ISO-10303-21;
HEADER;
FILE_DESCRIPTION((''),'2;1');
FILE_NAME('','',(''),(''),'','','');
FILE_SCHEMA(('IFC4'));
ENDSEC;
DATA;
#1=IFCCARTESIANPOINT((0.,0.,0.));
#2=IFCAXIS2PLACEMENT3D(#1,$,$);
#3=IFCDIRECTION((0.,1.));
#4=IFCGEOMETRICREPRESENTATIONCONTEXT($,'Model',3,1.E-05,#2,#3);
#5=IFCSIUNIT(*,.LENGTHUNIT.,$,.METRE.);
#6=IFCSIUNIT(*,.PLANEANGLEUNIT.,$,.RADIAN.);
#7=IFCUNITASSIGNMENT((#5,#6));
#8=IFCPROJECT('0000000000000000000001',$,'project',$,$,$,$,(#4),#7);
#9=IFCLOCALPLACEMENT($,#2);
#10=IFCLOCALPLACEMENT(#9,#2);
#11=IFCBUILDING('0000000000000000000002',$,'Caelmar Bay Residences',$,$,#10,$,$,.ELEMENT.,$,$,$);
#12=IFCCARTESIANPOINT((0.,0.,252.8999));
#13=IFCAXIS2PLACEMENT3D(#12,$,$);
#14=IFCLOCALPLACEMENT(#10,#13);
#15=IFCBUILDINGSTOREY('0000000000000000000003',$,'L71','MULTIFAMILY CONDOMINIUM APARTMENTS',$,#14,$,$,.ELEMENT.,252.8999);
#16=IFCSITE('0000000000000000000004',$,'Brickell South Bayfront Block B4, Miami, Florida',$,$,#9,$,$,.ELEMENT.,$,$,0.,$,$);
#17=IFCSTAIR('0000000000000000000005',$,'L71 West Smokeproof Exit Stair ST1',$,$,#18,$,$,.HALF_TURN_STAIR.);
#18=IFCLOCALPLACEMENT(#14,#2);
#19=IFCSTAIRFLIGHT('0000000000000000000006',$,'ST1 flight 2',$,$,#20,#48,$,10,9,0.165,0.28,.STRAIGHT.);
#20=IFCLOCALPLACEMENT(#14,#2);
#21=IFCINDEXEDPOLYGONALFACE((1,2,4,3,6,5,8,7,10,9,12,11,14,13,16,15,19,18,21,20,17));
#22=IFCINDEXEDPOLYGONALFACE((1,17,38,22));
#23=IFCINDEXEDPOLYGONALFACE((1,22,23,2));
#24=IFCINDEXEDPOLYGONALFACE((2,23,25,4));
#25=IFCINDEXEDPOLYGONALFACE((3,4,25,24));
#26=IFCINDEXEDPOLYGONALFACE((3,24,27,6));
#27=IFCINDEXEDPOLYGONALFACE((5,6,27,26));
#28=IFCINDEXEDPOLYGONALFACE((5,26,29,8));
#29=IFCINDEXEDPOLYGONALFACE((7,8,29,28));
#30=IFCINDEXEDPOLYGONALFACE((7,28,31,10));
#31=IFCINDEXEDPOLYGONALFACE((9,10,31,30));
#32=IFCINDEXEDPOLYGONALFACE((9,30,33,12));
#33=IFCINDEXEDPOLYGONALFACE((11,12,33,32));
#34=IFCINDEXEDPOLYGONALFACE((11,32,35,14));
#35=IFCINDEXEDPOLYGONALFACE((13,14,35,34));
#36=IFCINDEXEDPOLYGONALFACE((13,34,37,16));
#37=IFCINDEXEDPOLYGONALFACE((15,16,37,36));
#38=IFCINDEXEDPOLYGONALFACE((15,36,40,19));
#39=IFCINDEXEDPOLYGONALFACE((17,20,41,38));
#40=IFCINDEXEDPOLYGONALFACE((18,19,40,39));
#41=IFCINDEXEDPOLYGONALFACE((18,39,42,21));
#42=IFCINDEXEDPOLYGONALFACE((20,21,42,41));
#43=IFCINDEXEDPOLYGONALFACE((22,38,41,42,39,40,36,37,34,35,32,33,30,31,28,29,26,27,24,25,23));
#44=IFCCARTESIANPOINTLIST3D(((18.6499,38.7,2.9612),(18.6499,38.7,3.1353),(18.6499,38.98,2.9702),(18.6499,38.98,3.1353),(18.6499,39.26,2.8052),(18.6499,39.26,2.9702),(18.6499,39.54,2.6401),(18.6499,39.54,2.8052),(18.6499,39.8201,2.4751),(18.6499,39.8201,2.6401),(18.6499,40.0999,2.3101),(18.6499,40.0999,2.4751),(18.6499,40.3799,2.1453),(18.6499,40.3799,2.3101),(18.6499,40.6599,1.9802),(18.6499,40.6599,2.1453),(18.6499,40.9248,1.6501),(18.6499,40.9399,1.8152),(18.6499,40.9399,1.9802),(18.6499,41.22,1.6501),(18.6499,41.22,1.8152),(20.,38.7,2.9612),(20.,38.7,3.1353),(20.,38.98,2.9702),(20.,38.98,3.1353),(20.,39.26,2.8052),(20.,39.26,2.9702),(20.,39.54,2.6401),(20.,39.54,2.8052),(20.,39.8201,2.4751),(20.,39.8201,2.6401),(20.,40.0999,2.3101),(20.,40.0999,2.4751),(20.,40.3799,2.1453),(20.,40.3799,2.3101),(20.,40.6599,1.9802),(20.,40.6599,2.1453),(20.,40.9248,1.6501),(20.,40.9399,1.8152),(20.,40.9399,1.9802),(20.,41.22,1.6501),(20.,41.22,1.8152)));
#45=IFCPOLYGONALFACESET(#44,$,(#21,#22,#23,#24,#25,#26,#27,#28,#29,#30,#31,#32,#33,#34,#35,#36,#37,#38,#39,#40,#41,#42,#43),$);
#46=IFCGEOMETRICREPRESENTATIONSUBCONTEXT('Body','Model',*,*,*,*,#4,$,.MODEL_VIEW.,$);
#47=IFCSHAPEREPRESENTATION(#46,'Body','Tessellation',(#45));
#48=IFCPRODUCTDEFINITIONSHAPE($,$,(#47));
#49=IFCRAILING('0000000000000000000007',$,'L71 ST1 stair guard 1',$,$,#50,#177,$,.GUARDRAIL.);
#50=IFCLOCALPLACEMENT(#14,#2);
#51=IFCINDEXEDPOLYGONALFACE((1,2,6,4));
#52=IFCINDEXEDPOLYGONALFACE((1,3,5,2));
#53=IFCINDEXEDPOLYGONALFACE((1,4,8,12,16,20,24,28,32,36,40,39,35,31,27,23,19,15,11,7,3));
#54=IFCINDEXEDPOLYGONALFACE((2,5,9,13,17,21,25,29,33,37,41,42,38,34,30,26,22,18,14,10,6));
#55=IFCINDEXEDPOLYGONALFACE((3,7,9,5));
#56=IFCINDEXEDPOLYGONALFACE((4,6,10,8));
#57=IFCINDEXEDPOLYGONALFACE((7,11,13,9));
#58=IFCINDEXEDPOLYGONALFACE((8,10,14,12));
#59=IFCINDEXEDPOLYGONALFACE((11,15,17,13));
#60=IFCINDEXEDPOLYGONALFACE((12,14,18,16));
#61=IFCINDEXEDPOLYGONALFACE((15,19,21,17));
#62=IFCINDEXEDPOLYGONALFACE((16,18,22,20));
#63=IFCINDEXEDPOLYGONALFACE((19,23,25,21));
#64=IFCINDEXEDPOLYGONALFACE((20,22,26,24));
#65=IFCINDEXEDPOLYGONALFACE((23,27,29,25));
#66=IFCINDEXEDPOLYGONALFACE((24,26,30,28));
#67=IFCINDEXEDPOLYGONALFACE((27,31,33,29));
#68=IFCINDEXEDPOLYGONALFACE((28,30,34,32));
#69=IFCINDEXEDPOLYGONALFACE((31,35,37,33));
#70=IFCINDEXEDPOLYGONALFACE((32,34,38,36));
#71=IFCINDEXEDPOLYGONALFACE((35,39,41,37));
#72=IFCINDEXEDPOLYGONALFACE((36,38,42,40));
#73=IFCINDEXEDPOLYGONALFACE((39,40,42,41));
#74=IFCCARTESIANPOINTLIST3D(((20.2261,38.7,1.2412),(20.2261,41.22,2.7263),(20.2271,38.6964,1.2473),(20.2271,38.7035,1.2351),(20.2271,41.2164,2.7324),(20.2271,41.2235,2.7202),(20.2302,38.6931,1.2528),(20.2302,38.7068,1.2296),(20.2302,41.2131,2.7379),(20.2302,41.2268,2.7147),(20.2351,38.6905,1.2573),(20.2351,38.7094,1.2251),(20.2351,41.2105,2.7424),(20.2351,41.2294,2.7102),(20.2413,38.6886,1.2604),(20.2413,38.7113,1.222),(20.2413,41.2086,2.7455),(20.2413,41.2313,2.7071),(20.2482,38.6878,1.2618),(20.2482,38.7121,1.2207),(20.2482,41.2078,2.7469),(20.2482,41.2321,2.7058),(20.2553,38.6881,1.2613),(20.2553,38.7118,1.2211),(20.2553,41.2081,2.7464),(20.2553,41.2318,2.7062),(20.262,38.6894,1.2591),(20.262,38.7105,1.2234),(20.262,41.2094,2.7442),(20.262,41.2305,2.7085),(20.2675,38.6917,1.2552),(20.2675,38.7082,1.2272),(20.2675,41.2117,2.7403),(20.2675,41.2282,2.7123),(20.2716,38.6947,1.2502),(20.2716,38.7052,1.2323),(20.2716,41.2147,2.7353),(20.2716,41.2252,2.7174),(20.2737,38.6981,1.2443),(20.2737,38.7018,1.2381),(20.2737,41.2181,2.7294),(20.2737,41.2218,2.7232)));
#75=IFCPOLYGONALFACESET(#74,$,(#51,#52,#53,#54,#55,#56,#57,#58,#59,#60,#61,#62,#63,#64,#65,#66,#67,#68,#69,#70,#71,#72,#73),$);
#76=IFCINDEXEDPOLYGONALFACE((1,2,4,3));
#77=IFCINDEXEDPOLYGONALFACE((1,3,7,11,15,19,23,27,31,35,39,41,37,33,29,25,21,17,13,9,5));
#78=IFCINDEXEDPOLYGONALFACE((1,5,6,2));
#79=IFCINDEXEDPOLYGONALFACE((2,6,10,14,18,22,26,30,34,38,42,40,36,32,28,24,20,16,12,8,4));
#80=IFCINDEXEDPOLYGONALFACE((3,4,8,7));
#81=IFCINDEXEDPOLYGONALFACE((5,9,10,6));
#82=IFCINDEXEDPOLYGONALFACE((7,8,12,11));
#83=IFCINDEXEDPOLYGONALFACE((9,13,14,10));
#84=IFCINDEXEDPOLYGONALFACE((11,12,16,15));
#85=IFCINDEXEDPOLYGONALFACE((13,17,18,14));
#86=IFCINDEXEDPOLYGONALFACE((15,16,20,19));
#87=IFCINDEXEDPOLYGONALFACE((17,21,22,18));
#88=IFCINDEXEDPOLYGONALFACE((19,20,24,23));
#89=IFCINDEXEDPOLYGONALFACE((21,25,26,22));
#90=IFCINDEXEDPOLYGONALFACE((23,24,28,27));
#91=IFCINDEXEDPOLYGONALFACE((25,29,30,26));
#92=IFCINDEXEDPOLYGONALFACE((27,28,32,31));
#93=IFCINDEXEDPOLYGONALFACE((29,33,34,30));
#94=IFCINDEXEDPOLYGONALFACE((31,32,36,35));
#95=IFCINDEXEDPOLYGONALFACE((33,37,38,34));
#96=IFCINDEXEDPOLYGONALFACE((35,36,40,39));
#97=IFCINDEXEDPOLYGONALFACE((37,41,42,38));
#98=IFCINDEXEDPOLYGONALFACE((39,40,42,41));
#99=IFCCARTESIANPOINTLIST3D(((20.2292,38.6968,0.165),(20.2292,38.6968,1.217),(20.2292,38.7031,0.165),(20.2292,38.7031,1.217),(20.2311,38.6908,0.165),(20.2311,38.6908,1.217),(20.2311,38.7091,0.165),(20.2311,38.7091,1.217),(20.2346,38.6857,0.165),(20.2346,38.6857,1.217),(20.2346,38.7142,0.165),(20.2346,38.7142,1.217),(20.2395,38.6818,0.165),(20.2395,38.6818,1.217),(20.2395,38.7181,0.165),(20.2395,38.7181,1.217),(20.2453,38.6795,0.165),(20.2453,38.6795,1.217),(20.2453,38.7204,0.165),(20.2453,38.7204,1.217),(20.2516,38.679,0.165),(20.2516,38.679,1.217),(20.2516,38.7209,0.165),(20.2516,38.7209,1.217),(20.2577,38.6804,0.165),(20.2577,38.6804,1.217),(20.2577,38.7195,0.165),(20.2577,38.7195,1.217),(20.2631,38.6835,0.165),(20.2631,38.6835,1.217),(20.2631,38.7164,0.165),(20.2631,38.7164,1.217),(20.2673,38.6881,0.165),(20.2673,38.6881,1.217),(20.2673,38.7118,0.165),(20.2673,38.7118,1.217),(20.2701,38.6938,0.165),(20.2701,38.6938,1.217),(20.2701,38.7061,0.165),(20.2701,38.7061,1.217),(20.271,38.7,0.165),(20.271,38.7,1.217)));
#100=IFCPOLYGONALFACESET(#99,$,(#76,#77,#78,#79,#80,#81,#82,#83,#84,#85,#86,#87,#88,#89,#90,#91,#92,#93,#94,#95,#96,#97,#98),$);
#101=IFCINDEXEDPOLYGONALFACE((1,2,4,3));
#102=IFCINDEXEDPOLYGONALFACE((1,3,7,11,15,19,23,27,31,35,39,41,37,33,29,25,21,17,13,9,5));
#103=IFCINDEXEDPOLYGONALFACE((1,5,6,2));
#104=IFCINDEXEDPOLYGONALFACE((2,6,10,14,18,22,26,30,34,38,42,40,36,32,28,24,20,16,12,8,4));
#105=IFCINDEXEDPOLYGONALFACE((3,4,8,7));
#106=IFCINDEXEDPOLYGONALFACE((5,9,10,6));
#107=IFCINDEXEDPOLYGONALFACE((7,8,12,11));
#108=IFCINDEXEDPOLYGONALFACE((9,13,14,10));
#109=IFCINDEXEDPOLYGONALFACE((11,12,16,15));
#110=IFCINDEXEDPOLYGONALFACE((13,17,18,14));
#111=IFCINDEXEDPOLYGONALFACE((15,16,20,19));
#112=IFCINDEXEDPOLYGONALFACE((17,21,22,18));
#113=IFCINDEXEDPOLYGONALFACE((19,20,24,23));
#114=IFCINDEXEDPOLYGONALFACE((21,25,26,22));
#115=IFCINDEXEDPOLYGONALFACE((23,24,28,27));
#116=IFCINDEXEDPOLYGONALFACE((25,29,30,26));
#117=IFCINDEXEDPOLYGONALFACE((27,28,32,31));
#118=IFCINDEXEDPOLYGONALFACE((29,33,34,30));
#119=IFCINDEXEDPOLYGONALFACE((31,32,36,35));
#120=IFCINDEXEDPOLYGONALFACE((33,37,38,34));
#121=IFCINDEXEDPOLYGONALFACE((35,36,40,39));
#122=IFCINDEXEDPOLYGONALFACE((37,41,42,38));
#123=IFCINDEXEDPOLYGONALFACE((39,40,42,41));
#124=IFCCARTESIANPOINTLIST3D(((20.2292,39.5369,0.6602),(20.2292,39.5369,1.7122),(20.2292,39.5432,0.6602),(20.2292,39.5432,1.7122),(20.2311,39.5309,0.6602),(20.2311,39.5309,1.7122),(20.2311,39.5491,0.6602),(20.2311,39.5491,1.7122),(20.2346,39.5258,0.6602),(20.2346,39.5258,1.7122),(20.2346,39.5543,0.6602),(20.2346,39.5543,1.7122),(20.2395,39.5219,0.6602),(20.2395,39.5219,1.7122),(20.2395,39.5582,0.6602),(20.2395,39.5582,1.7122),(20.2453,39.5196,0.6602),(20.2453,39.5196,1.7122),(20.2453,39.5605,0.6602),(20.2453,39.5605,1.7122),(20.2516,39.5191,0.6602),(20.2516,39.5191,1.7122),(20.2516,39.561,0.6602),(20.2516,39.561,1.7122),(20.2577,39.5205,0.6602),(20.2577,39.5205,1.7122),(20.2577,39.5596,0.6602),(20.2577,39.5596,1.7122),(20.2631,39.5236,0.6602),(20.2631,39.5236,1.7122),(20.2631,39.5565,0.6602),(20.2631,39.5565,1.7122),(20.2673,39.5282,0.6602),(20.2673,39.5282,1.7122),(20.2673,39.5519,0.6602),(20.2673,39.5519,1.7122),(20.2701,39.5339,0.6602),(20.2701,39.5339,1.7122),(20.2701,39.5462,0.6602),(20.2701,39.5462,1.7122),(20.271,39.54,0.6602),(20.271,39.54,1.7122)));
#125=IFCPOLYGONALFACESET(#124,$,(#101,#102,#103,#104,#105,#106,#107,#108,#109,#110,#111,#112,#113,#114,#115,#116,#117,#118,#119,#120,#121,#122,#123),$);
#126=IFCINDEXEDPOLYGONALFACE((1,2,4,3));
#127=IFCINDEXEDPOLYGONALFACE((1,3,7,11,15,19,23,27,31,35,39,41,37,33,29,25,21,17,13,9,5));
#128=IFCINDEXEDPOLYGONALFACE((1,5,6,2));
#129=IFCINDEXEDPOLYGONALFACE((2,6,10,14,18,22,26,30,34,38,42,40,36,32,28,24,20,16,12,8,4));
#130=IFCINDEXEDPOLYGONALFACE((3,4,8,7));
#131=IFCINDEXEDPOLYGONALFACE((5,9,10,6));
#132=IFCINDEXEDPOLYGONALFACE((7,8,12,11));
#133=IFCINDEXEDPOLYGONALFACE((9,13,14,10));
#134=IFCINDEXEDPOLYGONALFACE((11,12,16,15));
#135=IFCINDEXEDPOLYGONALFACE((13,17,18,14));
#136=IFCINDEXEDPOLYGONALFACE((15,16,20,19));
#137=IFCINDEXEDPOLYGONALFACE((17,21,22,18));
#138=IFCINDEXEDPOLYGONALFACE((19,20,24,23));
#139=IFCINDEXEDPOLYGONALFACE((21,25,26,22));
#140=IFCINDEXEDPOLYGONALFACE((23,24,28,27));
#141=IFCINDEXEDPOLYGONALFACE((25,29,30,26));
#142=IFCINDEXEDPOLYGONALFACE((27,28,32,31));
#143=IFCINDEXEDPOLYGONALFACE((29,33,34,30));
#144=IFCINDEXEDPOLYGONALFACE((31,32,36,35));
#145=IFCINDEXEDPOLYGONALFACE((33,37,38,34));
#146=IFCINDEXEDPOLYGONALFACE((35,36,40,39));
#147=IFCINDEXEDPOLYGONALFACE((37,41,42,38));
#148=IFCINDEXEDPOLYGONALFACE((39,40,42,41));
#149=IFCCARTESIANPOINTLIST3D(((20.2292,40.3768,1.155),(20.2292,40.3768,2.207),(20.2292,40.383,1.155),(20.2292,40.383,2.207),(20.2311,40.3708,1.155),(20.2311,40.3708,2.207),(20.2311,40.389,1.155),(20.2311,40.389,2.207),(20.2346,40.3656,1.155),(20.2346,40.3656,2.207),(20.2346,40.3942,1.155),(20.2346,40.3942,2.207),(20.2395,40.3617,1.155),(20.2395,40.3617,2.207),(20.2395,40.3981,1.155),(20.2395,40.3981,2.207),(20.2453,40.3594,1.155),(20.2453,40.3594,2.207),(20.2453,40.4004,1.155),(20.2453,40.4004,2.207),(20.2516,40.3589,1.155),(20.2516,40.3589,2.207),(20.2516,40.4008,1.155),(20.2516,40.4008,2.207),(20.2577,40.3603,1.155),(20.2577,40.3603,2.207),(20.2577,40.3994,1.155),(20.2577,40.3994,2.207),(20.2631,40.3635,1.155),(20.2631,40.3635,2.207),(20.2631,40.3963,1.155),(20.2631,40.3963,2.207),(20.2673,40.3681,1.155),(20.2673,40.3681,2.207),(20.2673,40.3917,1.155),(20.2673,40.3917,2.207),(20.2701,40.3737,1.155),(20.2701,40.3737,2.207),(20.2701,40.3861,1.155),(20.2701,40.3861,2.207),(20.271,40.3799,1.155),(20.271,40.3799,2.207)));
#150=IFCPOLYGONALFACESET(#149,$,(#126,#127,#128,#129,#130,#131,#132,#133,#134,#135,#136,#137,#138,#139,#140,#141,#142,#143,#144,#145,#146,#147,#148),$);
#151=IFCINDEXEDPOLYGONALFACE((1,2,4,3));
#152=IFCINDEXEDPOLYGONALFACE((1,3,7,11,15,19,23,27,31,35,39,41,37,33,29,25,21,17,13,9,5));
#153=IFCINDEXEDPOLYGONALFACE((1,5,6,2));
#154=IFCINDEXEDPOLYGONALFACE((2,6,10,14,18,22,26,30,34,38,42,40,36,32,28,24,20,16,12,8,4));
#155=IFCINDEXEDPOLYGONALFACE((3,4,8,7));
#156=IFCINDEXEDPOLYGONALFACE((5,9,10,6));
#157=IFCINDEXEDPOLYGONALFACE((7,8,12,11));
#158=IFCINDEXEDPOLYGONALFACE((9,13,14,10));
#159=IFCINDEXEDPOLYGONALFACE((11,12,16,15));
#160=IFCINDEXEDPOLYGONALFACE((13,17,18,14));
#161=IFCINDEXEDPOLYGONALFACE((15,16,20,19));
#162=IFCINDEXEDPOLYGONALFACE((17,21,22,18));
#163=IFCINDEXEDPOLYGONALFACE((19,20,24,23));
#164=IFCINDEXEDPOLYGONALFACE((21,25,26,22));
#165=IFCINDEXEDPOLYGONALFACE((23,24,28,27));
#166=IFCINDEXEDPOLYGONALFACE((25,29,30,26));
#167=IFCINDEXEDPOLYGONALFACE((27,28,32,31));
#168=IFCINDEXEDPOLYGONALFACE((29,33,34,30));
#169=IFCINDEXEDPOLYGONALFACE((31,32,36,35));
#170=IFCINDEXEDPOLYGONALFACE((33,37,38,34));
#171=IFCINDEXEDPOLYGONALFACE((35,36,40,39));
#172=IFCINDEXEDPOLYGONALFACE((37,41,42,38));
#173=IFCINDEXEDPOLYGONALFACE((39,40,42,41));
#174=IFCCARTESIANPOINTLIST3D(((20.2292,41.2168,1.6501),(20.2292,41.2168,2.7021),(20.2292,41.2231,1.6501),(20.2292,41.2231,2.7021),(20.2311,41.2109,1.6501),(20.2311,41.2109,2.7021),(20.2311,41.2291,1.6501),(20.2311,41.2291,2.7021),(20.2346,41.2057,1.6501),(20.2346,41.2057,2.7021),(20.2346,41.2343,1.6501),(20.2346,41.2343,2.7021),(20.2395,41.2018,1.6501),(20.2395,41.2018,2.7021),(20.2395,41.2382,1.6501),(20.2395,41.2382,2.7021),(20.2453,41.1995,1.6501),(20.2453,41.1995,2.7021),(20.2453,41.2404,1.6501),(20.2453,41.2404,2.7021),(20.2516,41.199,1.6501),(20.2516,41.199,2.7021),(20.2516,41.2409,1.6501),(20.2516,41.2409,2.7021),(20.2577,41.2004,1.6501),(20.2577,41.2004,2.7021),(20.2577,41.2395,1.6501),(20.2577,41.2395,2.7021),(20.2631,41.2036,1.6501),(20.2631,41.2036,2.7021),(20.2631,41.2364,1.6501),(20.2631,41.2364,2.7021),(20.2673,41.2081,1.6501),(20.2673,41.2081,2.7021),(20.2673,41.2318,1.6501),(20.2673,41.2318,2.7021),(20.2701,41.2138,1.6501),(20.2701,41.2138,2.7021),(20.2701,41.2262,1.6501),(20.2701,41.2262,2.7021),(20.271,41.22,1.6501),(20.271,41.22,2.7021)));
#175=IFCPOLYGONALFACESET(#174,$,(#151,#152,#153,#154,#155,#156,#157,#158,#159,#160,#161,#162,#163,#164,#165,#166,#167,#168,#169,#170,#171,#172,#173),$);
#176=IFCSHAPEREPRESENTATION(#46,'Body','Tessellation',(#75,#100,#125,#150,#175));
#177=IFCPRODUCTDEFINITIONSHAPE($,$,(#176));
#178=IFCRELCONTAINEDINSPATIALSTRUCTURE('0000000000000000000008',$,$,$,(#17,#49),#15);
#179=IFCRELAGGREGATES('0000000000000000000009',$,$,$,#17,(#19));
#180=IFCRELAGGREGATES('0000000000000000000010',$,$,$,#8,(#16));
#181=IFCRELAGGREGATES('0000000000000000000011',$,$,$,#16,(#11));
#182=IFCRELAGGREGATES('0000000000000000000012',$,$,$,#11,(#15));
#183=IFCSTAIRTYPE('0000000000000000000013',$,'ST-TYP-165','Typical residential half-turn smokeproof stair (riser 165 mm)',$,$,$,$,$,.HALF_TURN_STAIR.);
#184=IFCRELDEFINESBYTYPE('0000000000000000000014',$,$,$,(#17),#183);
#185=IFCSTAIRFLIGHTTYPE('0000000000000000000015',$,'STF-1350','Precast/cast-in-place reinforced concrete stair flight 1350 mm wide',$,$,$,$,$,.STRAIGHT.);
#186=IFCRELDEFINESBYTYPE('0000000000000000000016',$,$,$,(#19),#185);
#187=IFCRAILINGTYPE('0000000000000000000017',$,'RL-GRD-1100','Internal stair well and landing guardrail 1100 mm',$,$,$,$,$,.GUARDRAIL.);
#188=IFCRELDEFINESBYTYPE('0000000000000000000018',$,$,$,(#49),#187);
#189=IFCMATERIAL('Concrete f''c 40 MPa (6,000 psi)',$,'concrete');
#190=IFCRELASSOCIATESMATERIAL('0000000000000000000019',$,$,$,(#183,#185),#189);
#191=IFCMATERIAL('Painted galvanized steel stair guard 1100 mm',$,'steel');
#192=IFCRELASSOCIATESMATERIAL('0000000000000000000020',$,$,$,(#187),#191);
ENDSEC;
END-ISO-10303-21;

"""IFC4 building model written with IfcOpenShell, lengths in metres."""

from ifc_helpers import new_model, si_unit, direction, frame, origin, origin_2d, place, context, subcontext, project, spatial, polyline, circle, outline, extrude, material, type_object, element, aggregate, save


model = new_model("IFC4")

# Units and contexts
model_context = context("Model", 3, precision=1e-05, world=origin(), true_north=direction((0.0, 1.0)))
body_context = subcontext(model_context, "Body", "Model", "MODEL_VIEW")
ifc_project = project(units=[si_unit("LENGTHUNIT", "METRE"), si_unit("PLANEANGLEUNIT", "RADIAN")], contexts=[model_context])

# Site, building, storey
site_placement = place(None, origin())
site = spatial("IfcSite", under=ifc_project, at=site_placement, Name="Brickell South Bayfront Block B4, Miami, Florida", CompositionType="ELEMENT", RefElevation=0.0)
building_placement = place(site_placement, origin())
building = spatial("IfcBuilding", under=site, at=building_placement, Name="Caelmar Bay Residences", CompositionType="ELEMENT")
storey_placement = place(building_placement, frame((0.0, 0.0, 252.8999)))
storey = spatial("IfcBuildingStorey", under=building, at=storey_placement, Name="L71", Description="MULTIFAMILY CONDOMINIUM APARTMENTS", CompositionType="ELEMENT", Elevation=252.8999)

# Stair, stair flight
ifc_material_1 = material(Name="Concrete f'c 40 MPa (6,000 psi)", Category="concrete")
stair_type = type_object("IfcStairType", Name="ST-TYP-165", Description="Typical residential half-turn smokeproof stair (riser 165 mm)", PredefinedType="HALF_TURN_STAIR", material=ifc_material_1)
stair_placement = place(storey_placement, origin())
stair = element("IfcStair", 1, at=stair_placement, inside=storey, type_object=stair_type, Name="L71 West Smokeproof Exit Stair ST1", PredefinedType="HALF_TURN_STAIR")
stair_flight_type = type_object("IfcStairFlightType", Name="STF-1350", Description="Precast/cast-in-place reinforced concrete stair flight 1350 mm wide", PredefinedType="STRAIGHT", material=ifc_material_1)
stair_flight_1_placement = place(storey_placement, frame((19.325, 41.22, 1.6501), z_axis=(0.0, 0.0, 1.0), x_axis=(0.0, -1.0, 0.0)))
stair_flight_1 = element("IfcStairFlight", 2, at=stair_flight_1_placement, type_object=stair_flight_type, Name="ST1 flight 2", NumberOfRisers=10, NumberOfTreads=9, PredefinedType="STRAIGHT", RiserHeight=0.165, TreadLength=0.28, context=body_context, shape_type="SweptSolid", body=[
    extrude(outline(polyline([(0.0, 0.0), (0.0, 0.165), (0.28, 0.165), (0.28, 0.3301), (0.5601, 0.3301), (0.5601, 0.4951), (0.8401, 0.4951), (0.8401, 0.6599), (1.1201, 0.6599), (1.1201, 0.825), (1.3999, 0.825), (1.3999, 0.99), (1.6799, 0.99), (1.6799, 1.155), (1.96, 1.155), (1.96, 1.3201), (2.24, 1.3201), (2.24, 1.4851), (2.52, 1.4851), (2.52, 1.6499), (2.52, 1.311), (0.2952, 0.0), (0.0, 0.0)])), frame((0.0, 0.675, 0.0), z_axis=(0.0, -1.0, 0.0), x_axis=(1.0, 0.0, 0.0)), (0.0, 0.0, 1.0), 1.3501),
])
aggregate(stair, [stair_flight_1])

# Railing
ifc_material_2 = material(Name="Painted galvanized steel stair guard 1100 mm", Category="steel")
railing_type_1 = type_object("IfcRailingType", Name="RL-GRD-1100", Description="Internal stair well and landing guardrail 1100 mm", PredefinedType="GUARDRAIL", material=ifc_material_2)
railing_1_placement = place(storey_placement, frame((20.25, 38.7, 0.165)))
element("IfcRailing", 3, at=railing_1_placement, inside=storey, type_object=railing_type_1, Name="L71 ST1 stair guard 1", PredefinedType="GUARDRAIL", context=body_context, shape_type="SweptSolid", body=[
    extrude(circle(Radius=0.0239, at=origin_2d()), frame((0.0, 0.0, 1.0762), z_axis=(0.0, 0.861524, 0.507717), x_axis=(-1.0, 0.0, 0.0)), (0.0, 0.0, 1.0), 2.925),
    extrude(circle(Radius=0.021, at=origin_2d()), origin(), (0.0, 0.0, 1.0), 1.052),
    extrude(circle(Radius=0.021, at=origin_2d()), frame((0.0, 0.8401, 0.4951)), (0.0, 0.0, 1.0), 1.052),
    extrude(circle(Radius=0.021, at=origin_2d()), frame((0.0, 1.6799, 0.99)), (0.0, 0.0, 1.0), 1.052),
    extrude(circle(Radius=0.021, at=origin_2d()), frame((0.0, 2.52, 1.4851)), (0.0, 0.0, 1.0), 1.052),
])

save(model, "model.ifc")
